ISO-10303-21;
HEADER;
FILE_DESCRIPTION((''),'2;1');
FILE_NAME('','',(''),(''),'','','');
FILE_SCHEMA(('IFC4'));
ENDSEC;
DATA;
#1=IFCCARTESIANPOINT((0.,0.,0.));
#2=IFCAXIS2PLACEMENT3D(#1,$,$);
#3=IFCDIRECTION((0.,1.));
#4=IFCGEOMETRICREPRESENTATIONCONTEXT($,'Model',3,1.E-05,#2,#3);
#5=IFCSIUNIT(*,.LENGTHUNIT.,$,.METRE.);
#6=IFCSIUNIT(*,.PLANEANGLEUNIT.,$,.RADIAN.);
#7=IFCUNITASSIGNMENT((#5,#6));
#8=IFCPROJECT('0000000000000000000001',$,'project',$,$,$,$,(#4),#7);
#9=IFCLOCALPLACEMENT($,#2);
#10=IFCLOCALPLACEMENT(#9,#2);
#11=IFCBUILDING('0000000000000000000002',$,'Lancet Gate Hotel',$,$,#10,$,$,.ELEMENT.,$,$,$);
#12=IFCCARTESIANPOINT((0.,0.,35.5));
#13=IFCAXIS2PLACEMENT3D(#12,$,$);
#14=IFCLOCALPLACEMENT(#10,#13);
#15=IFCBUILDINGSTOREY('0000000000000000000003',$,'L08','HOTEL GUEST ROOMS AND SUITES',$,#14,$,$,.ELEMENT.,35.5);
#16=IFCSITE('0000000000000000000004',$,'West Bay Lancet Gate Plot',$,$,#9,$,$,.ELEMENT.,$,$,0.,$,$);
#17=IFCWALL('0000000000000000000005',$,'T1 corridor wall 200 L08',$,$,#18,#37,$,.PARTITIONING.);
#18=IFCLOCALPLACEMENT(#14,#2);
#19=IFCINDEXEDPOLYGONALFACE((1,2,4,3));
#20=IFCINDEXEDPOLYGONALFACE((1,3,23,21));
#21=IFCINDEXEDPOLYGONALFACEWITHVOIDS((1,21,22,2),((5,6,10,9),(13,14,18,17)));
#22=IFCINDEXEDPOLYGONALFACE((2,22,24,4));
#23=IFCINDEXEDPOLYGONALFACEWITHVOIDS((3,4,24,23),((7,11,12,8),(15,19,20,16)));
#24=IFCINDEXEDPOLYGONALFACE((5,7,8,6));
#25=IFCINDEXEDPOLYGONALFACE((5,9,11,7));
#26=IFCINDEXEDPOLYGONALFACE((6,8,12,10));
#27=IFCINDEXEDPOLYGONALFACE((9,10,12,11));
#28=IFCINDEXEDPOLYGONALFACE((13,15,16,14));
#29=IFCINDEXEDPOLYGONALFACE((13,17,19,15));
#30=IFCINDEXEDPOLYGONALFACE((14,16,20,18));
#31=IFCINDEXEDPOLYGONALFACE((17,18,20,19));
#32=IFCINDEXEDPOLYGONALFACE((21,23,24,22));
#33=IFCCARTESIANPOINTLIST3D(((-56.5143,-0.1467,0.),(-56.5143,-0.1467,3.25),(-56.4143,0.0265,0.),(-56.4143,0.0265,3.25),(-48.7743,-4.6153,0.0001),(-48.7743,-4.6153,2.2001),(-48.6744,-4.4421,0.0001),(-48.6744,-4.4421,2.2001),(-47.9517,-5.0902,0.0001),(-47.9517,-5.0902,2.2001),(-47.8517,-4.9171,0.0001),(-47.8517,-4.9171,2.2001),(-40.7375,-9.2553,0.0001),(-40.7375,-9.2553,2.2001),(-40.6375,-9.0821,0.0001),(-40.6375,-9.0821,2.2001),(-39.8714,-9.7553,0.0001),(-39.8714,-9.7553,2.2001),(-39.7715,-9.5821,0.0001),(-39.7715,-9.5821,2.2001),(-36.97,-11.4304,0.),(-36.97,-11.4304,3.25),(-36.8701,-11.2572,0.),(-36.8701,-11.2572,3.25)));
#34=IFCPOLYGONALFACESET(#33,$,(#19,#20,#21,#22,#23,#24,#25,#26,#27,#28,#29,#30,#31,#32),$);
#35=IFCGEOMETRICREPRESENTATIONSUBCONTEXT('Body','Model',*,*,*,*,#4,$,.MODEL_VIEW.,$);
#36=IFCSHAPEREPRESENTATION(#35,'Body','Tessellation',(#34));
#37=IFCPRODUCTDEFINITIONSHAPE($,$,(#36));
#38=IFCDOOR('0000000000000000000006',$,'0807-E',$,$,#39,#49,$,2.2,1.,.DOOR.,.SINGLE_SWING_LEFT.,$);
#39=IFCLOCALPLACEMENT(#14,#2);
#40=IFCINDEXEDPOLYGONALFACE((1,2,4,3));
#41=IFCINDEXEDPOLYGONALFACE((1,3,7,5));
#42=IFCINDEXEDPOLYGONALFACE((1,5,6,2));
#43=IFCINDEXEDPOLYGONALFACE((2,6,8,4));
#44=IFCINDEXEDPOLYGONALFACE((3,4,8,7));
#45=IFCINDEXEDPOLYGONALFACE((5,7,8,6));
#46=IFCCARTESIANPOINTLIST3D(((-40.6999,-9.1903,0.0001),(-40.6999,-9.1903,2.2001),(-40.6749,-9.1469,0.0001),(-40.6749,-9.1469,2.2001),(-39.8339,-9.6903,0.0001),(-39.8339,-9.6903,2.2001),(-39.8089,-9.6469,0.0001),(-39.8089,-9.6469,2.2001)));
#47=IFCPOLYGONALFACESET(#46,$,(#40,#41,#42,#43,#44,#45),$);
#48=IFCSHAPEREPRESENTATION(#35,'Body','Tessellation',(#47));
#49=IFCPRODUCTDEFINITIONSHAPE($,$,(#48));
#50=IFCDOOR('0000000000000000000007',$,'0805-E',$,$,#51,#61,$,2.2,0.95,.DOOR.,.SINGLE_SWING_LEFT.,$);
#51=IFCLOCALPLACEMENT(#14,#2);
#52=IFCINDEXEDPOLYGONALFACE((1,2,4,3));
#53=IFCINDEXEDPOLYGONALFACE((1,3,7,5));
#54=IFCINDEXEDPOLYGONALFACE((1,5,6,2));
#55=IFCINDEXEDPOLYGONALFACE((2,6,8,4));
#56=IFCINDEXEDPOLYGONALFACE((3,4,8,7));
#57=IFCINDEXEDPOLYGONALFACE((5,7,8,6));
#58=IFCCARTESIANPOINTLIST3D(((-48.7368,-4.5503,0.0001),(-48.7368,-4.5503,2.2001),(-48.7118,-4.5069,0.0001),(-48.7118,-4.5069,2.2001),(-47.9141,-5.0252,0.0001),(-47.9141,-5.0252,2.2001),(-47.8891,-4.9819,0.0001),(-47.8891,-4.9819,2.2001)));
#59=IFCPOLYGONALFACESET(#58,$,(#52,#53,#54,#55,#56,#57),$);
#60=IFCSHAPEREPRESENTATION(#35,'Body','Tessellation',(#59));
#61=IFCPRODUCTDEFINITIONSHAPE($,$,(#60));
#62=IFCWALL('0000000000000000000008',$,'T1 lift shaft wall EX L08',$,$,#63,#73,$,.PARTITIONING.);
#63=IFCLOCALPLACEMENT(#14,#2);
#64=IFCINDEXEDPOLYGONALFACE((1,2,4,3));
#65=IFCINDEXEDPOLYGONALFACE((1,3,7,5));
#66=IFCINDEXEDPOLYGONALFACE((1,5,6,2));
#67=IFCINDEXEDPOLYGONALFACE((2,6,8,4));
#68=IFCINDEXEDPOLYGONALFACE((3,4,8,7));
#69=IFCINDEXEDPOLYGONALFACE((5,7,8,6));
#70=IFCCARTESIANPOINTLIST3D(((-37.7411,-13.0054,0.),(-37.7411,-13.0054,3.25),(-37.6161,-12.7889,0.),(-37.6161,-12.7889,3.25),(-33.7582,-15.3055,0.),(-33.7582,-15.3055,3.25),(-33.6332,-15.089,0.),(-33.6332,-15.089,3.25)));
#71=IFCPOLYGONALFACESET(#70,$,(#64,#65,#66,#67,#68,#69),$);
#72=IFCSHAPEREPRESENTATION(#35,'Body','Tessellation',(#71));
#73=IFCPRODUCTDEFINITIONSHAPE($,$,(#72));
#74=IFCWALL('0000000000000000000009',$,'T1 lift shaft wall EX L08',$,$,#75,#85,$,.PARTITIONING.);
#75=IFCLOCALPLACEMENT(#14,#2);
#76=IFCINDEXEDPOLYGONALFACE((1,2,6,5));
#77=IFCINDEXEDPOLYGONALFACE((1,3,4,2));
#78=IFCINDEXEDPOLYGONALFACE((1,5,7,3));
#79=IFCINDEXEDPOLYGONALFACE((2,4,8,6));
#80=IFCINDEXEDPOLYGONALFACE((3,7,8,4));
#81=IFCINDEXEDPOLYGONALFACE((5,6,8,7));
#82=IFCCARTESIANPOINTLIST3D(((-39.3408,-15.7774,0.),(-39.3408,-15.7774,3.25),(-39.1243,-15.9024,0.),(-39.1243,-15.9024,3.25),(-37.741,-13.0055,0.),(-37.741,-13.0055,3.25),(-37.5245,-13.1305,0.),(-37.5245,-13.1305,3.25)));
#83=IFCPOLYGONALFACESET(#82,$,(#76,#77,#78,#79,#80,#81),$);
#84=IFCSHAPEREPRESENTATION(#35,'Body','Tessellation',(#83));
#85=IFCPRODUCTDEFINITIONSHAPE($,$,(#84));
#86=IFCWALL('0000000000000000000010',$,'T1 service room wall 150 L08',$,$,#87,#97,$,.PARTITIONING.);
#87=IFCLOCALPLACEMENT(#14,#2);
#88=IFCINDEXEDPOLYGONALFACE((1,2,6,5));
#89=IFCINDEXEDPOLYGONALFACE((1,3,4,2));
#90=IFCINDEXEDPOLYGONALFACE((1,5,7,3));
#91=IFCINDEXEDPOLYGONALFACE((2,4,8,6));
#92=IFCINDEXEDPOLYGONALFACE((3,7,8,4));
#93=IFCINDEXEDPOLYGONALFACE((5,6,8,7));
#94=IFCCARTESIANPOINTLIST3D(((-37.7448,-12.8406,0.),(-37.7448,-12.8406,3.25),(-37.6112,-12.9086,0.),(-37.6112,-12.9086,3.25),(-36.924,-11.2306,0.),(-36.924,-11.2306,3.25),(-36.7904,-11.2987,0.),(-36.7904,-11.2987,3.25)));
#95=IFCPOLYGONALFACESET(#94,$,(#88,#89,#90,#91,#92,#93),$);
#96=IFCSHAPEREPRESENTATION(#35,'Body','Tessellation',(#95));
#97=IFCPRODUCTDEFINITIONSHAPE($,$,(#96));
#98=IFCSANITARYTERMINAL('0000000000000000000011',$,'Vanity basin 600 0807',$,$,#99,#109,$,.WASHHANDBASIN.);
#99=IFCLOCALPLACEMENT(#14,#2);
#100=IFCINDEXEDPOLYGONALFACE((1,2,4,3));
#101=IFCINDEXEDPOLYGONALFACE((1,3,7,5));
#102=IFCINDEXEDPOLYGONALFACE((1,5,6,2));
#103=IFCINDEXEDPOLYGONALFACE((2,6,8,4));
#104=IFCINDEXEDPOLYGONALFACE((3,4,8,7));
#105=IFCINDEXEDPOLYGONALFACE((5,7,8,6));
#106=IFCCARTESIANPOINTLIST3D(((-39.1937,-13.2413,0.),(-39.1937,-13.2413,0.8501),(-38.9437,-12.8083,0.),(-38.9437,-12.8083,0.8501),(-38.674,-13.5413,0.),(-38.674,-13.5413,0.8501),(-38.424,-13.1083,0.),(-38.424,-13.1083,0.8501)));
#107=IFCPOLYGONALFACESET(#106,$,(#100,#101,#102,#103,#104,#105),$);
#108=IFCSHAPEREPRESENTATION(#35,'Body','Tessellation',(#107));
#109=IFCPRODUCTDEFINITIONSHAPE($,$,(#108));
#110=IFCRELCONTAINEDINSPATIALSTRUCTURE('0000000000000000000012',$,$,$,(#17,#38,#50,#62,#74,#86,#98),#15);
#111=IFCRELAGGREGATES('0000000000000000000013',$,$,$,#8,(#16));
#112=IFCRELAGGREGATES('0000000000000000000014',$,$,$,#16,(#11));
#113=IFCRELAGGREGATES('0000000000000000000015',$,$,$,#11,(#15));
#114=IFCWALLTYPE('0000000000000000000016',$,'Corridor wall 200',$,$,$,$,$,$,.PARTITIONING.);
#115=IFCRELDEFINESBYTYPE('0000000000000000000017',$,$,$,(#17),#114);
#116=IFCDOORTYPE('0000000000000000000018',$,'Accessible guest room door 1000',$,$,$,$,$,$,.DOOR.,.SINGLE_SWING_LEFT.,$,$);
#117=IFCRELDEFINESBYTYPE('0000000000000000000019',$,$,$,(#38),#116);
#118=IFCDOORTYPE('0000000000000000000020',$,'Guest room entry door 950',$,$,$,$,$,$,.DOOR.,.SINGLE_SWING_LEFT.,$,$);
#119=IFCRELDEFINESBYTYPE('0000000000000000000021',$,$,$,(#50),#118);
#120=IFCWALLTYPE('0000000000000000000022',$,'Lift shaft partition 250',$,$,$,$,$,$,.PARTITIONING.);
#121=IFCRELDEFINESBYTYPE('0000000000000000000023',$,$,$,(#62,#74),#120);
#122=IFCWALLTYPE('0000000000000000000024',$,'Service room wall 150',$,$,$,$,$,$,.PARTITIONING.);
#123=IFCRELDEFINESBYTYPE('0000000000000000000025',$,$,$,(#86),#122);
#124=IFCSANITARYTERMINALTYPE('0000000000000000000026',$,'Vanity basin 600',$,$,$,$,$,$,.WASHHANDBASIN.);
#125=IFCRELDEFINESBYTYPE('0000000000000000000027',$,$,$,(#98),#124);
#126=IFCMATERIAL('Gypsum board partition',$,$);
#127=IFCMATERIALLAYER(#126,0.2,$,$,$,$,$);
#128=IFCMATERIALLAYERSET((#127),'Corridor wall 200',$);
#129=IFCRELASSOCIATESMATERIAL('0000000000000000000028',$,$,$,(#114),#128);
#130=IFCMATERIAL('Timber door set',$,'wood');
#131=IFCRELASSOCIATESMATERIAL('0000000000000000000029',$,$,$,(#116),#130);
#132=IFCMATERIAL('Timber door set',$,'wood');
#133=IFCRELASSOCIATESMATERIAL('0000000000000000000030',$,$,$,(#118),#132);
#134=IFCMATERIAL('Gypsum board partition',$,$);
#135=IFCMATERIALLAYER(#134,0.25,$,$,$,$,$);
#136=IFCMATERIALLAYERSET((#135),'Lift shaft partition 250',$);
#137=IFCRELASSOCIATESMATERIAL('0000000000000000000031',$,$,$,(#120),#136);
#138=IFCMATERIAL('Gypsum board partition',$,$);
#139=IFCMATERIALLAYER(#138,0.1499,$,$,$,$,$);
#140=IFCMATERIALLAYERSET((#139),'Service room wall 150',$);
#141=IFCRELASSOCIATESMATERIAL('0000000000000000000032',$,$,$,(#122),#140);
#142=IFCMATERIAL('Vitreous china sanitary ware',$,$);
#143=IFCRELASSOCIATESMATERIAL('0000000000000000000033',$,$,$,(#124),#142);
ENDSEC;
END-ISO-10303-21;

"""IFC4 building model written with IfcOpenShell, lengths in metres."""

from ifc_helpers import new_model, si_unit, direction, frame, frame_2d, origin, origin_2d, place, context, subcontext, project, spatial, rectangle, extrude, material, layer, layer_set, type_object, element, fill, save


model = new_model("IFC4")

# Units and contexts
model_context = context("Model", 3, precision=1e-05, world=origin(), true_north=direction((0.0, 1.0)))
body_context = subcontext(model_context, "Body", "Model", "MODEL_VIEW")
ifc_project = project(units=[si_unit("LENGTHUNIT", "METRE"), si_unit("PLANEANGLEUNIT", "RADIAN")], contexts=[model_context])

# Site, building, storey
site_placement = place(None, origin())
site = spatial("IfcSite", under=ifc_project, at=site_placement, Name="West Bay Lancet Gate Plot", CompositionType="ELEMENT", RefElevation=0.0)
building_placement = place(site_placement, origin())
building = spatial("IfcBuilding", under=site, at=building_placement, Name="Lancet Gate Hotel", CompositionType="ELEMENT")
storey_placement = place(building_placement, frame((0.0, 0.0, 35.5)))
storey = spatial("IfcBuildingStorey", under=building, at=storey_placement, Name="L08", Description="HOTEL GUEST ROOMS AND SUITES", CompositionType="ELEMENT", Elevation=35.5)

# Wall, openings, doors
ifc_material_1 = material(Name="Gypsum board partition")
ifc_layer_1 = layer(ifc_material_1, 0.2)
ifc_layer_set_1 = layer_set([ifc_layer_1], Name="Corridor wall 200")
wall_type_1 = type_object("IfcWallType", Name="Corridor wall 200", PredefinedType="PARTITIONING", material=ifc_layer_set_1)
wall_1_placement = place(storey_placement, frame((-36.9202, -11.3438, 0.0), z_axis=(0.0, 0.0, 1.0), x_axis=(-0.866028, 0.499995, 0.0)))
wall_1 = element("IfcWall", 1, at=wall_1_placement, inside=storey, type_object=wall_type_1, Name="T1 corridor wall 200 L08", PredefinedType="PARTITIONING", context=body_context, shape_type="SweptSolid", body=[
    extrude(rectangle(XDim=22.5676, YDim=0.2, at=frame_2d((11.2837, 0.0))), origin(), (0.0, 0.0, 1.0), 3.25),
])
opening_1_placement = place(wall_1_placement, frame((12.6802, 0.0, 0.0)))
opening_1 = element("IfcOpeningElement", 2, at=opening_1_placement, cuts=wall_1, PredefinedType="OPENING", context=body_context, shape_type="SweptSolid", body=[
    extrude(rectangle(XDim=0.95, YDim=2.2, at=frame_2d((0.4751, 1.1001))), frame((0.0, 0.1099, 0.0), z_axis=(0.0, -1.0, 0.0), x_axis=(1.0, 0.0, 0.0)), (0.0, 0.0, 1.0), 0.22),
])
opening_2_placement = place(wall_1_placement, frame((3.3501, 0.0, 0.0)))
opening_2 = element("IfcOpeningElement", 3, at=opening_2_placement, cuts=wall_1, PredefinedType="OPENING", context=body_context, shape_type="SweptSolid", body=[
    extrude(rectangle(XDim=1.0, YDim=2.2, at=frame_2d((0.5, 1.1001))), frame((0.0, 0.1099, 0.0), z_axis=(0.0, -1.0, 0.0), x_axis=(1.0, 0.0, 0.0)), (0.0, 0.0, 1.0), 0.22),
])
ifc_material_2 = material(Name="Timber door set", Category="wood")
door_type_1 = type_object("IfcDoorType", Name="Accessible guest room door 1000", OperationType="SINGLE_SWING_LEFT", PredefinedType="DOOR", material=ifc_material_2)
door_1_placement = place(opening_2_placement, origin())
door_1 = element("IfcDoor", 4, at=door_1_placement, inside=storey, type_object=door_type_1, Name="0807-E", OperationType="SINGLE_SWING_LEFT", OverallHeight=2.2, OverallWidth=1.0, PredefinedType="DOOR", context=body_context, shape_type="SweptSolid", body=[
    extrude(rectangle(XDim=1.0, YDim=2.2, at=frame_2d((0.5, 1.1001))), frame((0.0, 0.0249, 0.0), z_axis=(0.0, -1.0, 0.0), x_axis=(1.0, 0.0, 0.0)), (0.0, 0.0, 1.0), 0.05),
])
fill(opening_2, door_1)
ifc_material_3 = material(Name="Timber door set", Category="wood")
door_type_2 = type_object("IfcDoorType", Name="Guest room entry door 950", OperationType="SINGLE_SWING_LEFT", PredefinedType="DOOR", material=ifc_material_3)
door_2_placement = place(opening_1_placement, origin())
door_2 = element("IfcDoor", 5, at=door_2_placement, inside=storey, type_object=door_type_2, Name="0805-E", OperationType="SINGLE_SWING_LEFT", OverallHeight=2.2, OverallWidth=0.95, PredefinedType="DOOR", context=body_context, shape_type="SweptSolid", body=[
    extrude(rectangle(XDim=0.95, YDim=2.2, at=frame_2d((0.4751, 1.1001))), frame((0.0, 0.0249, 0.0), z_axis=(0.0, -1.0, 0.0), x_axis=(1.0, 0.0, 0.0)), (0.0, 0.0, 1.0), 0.05),
])
fill(opening_1, door_2)

# Walls
ifc_material_4 = material(Name="Gypsum board partition")
ifc_layer_2 = layer(ifc_material_4, 0.25)
ifc_layer_set_2 = layer_set([ifc_layer_2], Name="Lift shaft partition 250")
wall_type_2 = type_object("IfcWallType", Name="Lift shaft partition 250", PredefinedType="PARTITIONING", material=ifc_layer_set_2)
wall_2_placement = place(storey_placement, frame((-33.6956, -15.1973, 0.0), z_axis=(0.0, 0.0, 1.0), x_axis=(-0.865977, 0.500084, 0.0)))
element("IfcWall", 6, at=wall_2_placement, inside=storey, type_object=wall_type_2, Name="T1 lift shaft wall EX L08", PredefinedType="PARTITIONING", context=body_context, shape_type="SweptSolid", body=[
    extrude(rectangle(XDim=4.5994, YDim=0.25, at=frame_2d((2.2998, 0.0))), origin(), (0.0, 0.0, 1.0), 3.25),
])
wall_3_placement = place(storey_placement, frame((-37.6328, -13.0681, 0.0), z_axis=(0.0, 0.0, 1.0), x_axis=(-0.499872, -0.866099, 0.0)))
element("IfcWall", 7, at=wall_3_placement, inside=storey, type_object=wall_type_2, Name="T1 lift shaft wall EX L08", PredefinedType="PARTITIONING", context=body_context, shape_type="SweptSolid", body=[
    extrude(rectangle(XDim=3.2004, YDim=0.25, at=frame_2d((1.6001, 0.0))), origin(), (0.0, 0.0, 1.0), 3.25),
])
ifc_material_5 = material(Name="Gypsum board partition")
ifc_layer_3 = layer(ifc_material_5, 0.1499)
ifc_layer_set_3 = layer_set([ifc_layer_3], Name="Service room wall 150")
wall_type_3 = type_object("IfcWallType", Name="Service room wall 150", PredefinedType="PARTITIONING", material=ifc_layer_set_3)
wall_4_placement = place(storey_placement, frame((-36.8572, -11.2646, 0.0), z_axis=(0.0, 0.0, 1.0), x_axis=(-0.454225, -0.890887, 0.0)))
element("IfcWall", 8, at=wall_4_placement, inside=storey, type_object=wall_type_3, Name="T1 service room wall 150 L08", PredefinedType="PARTITIONING", context=body_context, shape_type="SweptSolid", body=[
    extrude(rectangle(XDim=1.8071, YDim=0.1499, at=frame_2d((0.9036, 0.0))), origin(), (0.0, 0.0, 1.0), 3.25),
])

# Sanitary terminal
ifc_material_6 = material(Name="Vitreous china sanitary ware")
sanitary_terminal_type = type_object("IfcSanitaryTerminalType", Name="Vanity basin 600", PredefinedType="WASHHANDBASIN", material=ifc_material_6)
sanitary_terminal_placement = place(storey_placement, frame((-38.8088, -13.1748, 0.0), z_axis=(0.0, 0.0, 1.0), x_axis=(-0.866025, 0.5, 0.0)))
element("IfcSanitaryTerminal", 9, at=sanitary_terminal_placement, inside=storey, type_object=sanitary_terminal_type, Name="Vanity basin 600 0807", PredefinedType="WASHHANDBASIN", context=body_context, shape_type="SweptSolid", body=[
    extrude(rectangle(XDim=0.6001, YDim=0.5, at=origin_2d()), origin(), (0.0, 0.0, 1.0), 0.8501),
])

save(model, "model.ifc")
